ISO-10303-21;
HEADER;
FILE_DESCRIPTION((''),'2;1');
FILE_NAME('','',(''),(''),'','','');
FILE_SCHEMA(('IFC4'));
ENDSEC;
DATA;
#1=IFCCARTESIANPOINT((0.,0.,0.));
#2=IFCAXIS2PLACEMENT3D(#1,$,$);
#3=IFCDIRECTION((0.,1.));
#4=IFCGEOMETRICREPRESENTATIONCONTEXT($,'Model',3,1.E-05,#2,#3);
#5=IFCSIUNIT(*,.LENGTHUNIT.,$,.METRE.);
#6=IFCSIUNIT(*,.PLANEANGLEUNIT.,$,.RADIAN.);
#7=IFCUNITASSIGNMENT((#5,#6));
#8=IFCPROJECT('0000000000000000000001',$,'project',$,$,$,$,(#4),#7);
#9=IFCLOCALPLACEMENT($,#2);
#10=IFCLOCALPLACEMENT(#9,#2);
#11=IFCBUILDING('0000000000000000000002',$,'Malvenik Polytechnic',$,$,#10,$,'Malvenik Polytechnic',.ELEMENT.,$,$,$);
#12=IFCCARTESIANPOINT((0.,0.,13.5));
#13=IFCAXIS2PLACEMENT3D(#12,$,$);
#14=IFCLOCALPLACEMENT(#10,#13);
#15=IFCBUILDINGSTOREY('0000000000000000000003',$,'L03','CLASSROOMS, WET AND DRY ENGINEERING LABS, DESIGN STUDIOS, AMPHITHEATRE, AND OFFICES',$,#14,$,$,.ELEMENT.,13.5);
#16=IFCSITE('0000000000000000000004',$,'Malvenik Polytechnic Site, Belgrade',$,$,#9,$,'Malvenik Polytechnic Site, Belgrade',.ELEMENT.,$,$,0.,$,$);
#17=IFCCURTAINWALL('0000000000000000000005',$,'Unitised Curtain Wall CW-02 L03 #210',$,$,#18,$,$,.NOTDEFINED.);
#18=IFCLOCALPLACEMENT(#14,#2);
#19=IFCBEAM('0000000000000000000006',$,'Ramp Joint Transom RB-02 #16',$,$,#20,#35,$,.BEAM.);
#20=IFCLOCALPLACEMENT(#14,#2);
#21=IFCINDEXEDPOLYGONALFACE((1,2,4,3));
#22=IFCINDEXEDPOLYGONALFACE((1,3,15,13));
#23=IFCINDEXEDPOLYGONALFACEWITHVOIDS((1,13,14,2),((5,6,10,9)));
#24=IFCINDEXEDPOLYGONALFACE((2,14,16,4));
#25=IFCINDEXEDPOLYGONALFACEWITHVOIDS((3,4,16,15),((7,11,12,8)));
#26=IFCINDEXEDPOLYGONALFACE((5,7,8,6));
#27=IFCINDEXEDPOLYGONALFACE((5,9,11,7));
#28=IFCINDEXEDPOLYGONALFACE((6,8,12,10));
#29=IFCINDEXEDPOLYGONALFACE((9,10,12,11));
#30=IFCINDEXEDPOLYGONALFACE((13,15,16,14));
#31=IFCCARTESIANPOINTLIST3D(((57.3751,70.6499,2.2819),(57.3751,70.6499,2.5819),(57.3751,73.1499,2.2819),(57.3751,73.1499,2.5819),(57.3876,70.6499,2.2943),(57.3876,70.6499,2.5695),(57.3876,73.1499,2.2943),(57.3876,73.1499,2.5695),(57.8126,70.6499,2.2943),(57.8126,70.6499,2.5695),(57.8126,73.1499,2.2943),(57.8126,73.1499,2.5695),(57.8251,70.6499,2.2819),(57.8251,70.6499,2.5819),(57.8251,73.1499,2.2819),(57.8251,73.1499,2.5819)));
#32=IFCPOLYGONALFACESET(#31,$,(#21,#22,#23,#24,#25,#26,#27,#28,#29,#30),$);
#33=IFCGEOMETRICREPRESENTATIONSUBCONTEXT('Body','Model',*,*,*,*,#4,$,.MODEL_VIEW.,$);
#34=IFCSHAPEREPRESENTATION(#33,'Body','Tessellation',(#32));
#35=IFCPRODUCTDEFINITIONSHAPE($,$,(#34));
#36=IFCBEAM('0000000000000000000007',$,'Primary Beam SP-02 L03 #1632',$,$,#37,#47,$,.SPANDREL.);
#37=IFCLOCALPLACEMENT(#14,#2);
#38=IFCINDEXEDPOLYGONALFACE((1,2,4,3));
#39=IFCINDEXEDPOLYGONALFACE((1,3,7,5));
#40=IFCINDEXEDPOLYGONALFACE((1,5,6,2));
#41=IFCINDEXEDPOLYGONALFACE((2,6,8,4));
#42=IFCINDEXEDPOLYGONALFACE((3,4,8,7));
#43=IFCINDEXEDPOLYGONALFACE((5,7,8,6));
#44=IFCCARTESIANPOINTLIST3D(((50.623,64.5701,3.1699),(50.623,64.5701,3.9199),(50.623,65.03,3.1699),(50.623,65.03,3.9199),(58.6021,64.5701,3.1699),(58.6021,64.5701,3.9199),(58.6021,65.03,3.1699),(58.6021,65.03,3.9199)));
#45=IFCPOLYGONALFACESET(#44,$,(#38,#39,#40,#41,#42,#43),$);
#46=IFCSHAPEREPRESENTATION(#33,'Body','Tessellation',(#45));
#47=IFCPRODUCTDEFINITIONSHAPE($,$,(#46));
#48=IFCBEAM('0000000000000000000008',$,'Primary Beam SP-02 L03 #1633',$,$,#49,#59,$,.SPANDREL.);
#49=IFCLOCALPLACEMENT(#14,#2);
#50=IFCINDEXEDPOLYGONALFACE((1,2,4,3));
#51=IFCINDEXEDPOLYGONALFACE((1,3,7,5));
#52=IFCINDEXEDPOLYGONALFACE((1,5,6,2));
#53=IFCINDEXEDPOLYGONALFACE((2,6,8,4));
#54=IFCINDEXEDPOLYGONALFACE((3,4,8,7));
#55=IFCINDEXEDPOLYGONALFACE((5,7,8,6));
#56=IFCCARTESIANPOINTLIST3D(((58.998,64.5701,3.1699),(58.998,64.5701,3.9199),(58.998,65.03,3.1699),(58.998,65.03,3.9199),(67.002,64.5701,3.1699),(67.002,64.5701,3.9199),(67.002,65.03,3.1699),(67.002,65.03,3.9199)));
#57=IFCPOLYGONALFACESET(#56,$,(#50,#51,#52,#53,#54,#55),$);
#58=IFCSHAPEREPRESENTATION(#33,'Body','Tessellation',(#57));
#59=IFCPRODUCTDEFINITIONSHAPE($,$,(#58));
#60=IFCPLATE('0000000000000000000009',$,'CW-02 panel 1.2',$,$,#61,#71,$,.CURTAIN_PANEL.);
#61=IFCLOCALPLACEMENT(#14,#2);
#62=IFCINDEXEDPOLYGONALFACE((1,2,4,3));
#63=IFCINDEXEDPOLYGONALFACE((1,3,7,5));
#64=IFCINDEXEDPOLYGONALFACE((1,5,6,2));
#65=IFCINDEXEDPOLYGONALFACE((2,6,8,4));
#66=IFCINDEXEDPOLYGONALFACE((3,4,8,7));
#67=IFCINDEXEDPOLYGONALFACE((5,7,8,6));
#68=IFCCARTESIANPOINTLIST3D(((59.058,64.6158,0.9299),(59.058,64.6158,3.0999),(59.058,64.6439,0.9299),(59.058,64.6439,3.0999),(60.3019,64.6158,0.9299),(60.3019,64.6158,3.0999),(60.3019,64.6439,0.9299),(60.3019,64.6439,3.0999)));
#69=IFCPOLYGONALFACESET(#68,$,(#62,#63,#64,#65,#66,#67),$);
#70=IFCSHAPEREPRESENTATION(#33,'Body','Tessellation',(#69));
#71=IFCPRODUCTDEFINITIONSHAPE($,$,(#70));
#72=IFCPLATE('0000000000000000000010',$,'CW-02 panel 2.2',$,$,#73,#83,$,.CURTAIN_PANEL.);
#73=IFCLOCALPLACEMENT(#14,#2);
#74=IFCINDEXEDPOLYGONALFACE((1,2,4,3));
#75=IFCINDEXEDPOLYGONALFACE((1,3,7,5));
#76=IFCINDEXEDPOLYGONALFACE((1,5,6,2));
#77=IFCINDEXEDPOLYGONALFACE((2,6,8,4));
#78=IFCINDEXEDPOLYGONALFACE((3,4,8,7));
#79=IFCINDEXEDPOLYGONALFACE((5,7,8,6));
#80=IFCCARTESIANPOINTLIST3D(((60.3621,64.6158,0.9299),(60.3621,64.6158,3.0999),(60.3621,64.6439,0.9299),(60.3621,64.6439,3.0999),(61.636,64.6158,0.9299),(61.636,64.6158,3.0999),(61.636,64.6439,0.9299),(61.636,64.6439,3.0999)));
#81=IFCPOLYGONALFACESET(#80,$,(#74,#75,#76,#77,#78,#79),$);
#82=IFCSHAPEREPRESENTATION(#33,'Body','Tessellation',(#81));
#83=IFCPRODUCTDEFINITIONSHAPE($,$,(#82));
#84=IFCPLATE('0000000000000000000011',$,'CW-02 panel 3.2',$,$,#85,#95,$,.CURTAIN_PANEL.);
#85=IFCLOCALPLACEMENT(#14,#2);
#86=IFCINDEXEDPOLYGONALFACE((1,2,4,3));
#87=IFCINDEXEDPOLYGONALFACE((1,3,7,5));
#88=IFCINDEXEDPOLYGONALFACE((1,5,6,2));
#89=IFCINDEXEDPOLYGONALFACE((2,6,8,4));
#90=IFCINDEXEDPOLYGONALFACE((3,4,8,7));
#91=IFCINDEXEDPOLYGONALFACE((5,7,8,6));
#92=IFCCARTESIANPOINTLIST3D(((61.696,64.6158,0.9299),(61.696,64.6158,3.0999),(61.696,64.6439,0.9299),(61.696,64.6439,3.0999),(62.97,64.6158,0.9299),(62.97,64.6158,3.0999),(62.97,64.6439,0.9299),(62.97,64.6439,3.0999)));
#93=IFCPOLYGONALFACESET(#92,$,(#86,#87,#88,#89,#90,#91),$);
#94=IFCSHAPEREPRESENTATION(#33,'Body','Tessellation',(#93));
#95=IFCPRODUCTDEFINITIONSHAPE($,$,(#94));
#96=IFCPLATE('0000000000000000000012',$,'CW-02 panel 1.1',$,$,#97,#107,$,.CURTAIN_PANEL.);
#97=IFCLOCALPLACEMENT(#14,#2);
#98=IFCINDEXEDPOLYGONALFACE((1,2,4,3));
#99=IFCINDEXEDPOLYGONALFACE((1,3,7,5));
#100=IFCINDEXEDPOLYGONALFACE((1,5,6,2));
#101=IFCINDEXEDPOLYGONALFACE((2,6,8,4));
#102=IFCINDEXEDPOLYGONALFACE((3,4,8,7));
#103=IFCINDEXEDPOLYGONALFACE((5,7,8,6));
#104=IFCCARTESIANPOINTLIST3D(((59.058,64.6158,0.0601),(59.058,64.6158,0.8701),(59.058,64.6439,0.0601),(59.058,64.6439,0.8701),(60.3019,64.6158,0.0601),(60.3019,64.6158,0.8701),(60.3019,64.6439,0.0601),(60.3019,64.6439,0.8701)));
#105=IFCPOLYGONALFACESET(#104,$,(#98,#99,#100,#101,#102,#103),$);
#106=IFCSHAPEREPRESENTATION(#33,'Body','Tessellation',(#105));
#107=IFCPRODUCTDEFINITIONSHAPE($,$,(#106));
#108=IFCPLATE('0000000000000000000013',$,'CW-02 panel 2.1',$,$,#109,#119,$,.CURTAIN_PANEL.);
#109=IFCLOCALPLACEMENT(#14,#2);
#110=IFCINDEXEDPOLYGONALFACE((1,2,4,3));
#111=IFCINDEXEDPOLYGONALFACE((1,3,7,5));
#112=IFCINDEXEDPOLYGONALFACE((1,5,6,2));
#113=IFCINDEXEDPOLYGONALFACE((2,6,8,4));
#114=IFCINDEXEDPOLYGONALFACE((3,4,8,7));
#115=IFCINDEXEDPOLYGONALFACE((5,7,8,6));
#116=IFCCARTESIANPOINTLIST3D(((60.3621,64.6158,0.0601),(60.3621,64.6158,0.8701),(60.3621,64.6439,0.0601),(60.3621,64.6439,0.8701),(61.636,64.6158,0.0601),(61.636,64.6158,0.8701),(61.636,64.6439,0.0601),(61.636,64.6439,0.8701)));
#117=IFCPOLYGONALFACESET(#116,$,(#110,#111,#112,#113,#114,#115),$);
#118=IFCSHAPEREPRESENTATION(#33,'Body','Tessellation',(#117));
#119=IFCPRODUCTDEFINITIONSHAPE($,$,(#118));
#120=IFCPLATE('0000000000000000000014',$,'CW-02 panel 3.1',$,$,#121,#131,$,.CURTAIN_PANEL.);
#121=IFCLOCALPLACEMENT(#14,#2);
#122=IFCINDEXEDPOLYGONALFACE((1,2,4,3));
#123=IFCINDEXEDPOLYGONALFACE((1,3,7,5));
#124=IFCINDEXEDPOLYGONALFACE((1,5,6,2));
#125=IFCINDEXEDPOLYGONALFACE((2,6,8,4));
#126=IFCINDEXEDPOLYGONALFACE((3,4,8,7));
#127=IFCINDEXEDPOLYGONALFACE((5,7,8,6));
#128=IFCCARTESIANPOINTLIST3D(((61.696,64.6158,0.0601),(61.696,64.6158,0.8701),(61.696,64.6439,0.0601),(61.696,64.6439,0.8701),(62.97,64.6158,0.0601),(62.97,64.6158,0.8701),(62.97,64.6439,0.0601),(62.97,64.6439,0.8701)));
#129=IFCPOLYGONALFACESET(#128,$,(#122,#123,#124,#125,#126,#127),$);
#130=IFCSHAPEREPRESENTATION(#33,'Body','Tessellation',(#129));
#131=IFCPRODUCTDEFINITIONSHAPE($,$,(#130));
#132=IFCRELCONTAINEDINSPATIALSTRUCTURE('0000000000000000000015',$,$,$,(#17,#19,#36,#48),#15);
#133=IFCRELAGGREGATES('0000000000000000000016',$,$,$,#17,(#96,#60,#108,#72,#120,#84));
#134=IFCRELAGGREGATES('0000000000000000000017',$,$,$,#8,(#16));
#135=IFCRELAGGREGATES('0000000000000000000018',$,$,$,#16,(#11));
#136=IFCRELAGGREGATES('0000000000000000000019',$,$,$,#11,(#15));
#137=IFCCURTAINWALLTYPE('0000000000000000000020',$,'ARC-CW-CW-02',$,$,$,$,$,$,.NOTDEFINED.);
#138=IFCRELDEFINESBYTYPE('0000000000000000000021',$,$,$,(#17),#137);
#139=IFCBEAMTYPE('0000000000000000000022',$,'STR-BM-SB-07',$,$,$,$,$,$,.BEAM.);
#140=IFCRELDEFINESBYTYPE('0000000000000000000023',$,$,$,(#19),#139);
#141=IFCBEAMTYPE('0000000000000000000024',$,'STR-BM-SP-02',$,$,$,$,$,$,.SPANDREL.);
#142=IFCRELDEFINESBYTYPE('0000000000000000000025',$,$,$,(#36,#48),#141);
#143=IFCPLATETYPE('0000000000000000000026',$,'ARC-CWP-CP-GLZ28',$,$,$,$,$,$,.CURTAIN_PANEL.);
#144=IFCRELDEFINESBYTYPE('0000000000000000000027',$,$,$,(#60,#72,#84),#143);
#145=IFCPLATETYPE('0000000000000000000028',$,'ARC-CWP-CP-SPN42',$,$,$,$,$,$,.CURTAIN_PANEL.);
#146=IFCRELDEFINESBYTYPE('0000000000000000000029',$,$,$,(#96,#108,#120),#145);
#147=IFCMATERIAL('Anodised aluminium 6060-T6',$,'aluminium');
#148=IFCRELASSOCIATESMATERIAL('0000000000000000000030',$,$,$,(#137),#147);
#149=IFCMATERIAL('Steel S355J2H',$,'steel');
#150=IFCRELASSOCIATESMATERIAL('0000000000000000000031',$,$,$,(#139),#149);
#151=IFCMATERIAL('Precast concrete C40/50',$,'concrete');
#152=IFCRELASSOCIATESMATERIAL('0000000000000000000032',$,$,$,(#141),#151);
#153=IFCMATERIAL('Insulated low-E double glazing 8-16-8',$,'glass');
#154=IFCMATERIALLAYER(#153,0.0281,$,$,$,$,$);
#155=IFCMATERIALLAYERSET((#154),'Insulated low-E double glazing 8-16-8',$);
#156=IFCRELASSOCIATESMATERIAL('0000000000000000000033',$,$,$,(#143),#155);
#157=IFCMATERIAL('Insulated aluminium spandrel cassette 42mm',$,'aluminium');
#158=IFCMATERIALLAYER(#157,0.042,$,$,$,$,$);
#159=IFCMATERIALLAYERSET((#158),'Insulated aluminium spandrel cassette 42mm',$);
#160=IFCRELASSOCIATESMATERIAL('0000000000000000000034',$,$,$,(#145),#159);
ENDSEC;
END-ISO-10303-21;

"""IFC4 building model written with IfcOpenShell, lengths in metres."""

from ifc_helpers import new_model, si_unit, direction, frame, origin, origin_2d, place, context, subcontext, project, spatial, rectangle, hollow_rectangle, extrude, material, layer, layer_set, material_profile, profile_set, type_object, element, aggregate, save


model = new_model("IFC4")

# Units and contexts
model_context = context("Model", 3, precision=1e-05, world=origin(), true_north=direction((0.0, 1.0)))
body_context = subcontext(model_context, "Body", "Model", "MODEL_VIEW")
ifc_project = project(units=[si_unit("LENGTHUNIT", "METRE"), si_unit("PLANEANGLEUNIT", "RADIAN")], contexts=[model_context])

# Site, building, storey
site_placement = place(None, origin())
site = spatial("IfcSite", under=ifc_project, at=site_placement, Name="Malvenik Polytechnic Site, Belgrade", LongName="Malvenik Polytechnic Site, Belgrade", CompositionType="ELEMENT", RefElevation=0.0)
building_placement = place(site_placement, origin())
building = spatial("IfcBuilding", under=site, at=building_placement, Name="Malvenik Polytechnic", LongName="Malvenik Polytechnic", CompositionType="ELEMENT")
storey_placement = place(building_placement, frame((0.0, 0.0, 13.5)))
storey = spatial("IfcBuildingStorey", under=building, at=storey_placement, Name="L03", Description="CLASSROOMS, WET AND DRY ENGINEERING LABS, DESIGN STUDIOS, AMPHITHEATRE, AND OFFICES", CompositionType="ELEMENT", Elevation=13.5)

# Curtain wall
ifc_material_1 = material(Name="Anodised aluminium 6060-T6", Category="aluminium")
curtain_wall_type = type_object("IfcCurtainWallType", Name="ARC-CW-CW-02", PredefinedType="NOTDEFINED", material=ifc_material_1)
curtain_wall_placement = place(storey_placement, origin())
curtain_wall = element("IfcCurtainWall", 1, at=curtain_wall_placement, inside=storey, type_object=curtain_wall_type, Name="Unitised Curtain Wall CW-02 L03 #210", PredefinedType="NOTDEFINED")

# Beams
ifc_material_2 = material(Name="Steel S355J2H", Category="steel")
ifc_material_profile_1 = material_profile(ifc_material_2, hollow_rectangle(XDim=0.45, YDim=0.3, WallThickness=0.0125, at=origin_2d()), Name="RHS 450x300x12.5")
ifc_profile_set_1 = profile_set([ifc_material_profile_1], Name="Steel S355J2H")
beam_type_1 = type_object("IfcBeamType", Name="STR-BM-SB-07", PredefinedType="BEAM", material=ifc_profile_set_1)
for number, where, z_axis, x_axis, name in (
    (2, (57.6001, 70.6499, 2.4319), (0.0, 1.0, 0.0), (-1.0, 0.0, 0.0), "Ramp Joint Transom RB-02 #16"),
):
    element("IfcBeam", number, at=place(storey_placement, frame(where, z_axis=z_axis, x_axis=x_axis)), inside=storey, type_object=beam_type_1, Name=name, PredefinedType="BEAM", context=body_context, shape_type="SweptSolid", body=[
        extrude(hollow_rectangle(XDim=0.45, YDim=0.3, WallThickness=0.0125, at=origin_2d()), origin(), (0.0, 0.0, 1.0), 2.5),
    ])
ifc_material_3 = material(Name="Precast concrete C40/50", Category="concrete")
ifc_material_profile_2 = material_profile(ifc_material_3, rectangle(XDim=0.46, YDim=0.75, at=origin_2d()), Name="PC SPN 460x750")
ifc_profile_set_2 = profile_set([ifc_material_profile_2], Name="Precast concrete C40/50")
beam_type_2 = type_object("IfcBeamType", Name="STR-BM-SP-02", PredefinedType="SPANDREL", material=ifc_profile_set_2)
beam_1_placement = place(storey_placement, frame((50.623, 64.8, 3.5449), z_axis=(1.0, 0.0, 0.0), x_axis=(0.0, 1.0, 0.0)))
element("IfcBeam", 3, at=beam_1_placement, inside=storey, type_object=beam_type_2, Name="Primary Beam SP-02 L03 #1632", PredefinedType="SPANDREL", context=body_context, shape_type="SweptSolid", body=[
    extrude(rectangle(XDim=0.46, YDim=0.75, at=origin_2d()), origin(), (0.0, 0.0, 1.0), 7.979),
])
beam_2_placement = place(storey_placement, frame((58.998, 64.8, 3.5449), z_axis=(1.0, 0.0, 0.0), x_axis=(0.0, 1.0, 0.0)))
element("IfcBeam", 4, at=beam_2_placement, inside=storey, type_object=beam_type_2, Name="Primary Beam SP-02 L03 #1633", PredefinedType="SPANDREL", context=body_context, shape_type="SweptSolid", body=[
    extrude(rectangle(XDim=0.46, YDim=0.75, at=origin_2d()), origin(), (0.0, 0.0, 1.0), 8.0039),
])

# Plates
ifc_material_4 = material(Name="Insulated low-E double glazing 8-16-8", Category="glass")
ifc_layer_1 = layer(ifc_material_4, 0.0281)
ifc_layer_set_1 = layer_set([ifc_layer_1], Name="Insulated low-E double glazing 8-16-8")
plate_type_1 = type_object("IfcPlateType", Name="ARC-CWP-CP-GLZ28", PredefinedType="CURTAIN_PANEL", material=ifc_layer_set_1)
plate_1_placement = place(storey_placement, frame((59.6799, 64.6299, 0.9299), z_axis=(0.0, 0.0, 1.0), x_axis=(1.0, 0.0, 0.0)))
plate_1 = element("IfcPlate", 5, at=plate_1_placement, type_object=plate_type_1, Name="CW-02 panel 1.2", PredefinedType="CURTAIN_PANEL", context=body_context, shape_type="SweptSolid", body=[
    extrude(rectangle(XDim=1.2439, YDim=0.0281, at=origin_2d()), origin(), (0.0, 0.0, 1.0), 2.1699),
])
plate_2_placement = place(storey_placement, frame((60.999, 64.6299, 0.9299), z_axis=(0.0, 0.0, 1.0), x_axis=(1.0, 0.0, 0.0)))
plate_2 = element("IfcPlate", 6, at=plate_2_placement, type_object=plate_type_1, Name="CW-02 panel 2.2", PredefinedType="CURTAIN_PANEL", context=body_context, shape_type="SweptSolid", body=[
    extrude(rectangle(XDim=1.2739, YDim=0.0281, at=origin_2d()), origin(), (0.0, 0.0, 1.0), 2.1699),
])
plate_3_placement = place(storey_placement, frame((62.333, 64.6299, 0.9299), z_axis=(0.0, 0.0, 1.0), x_axis=(1.0, 0.0, 0.0)))
plate_3 = element("IfcPlate", 7, at=plate_3_placement, type_object=plate_type_1, Name="CW-02 panel 3.2", PredefinedType="CURTAIN_PANEL", context=body_context, shape_type="SweptSolid", body=[
    extrude(rectangle(XDim=1.2739, YDim=0.0281, at=origin_2d()), origin(), (0.0, 0.0, 1.0), 2.1699),
])
ifc_material_5 = material(Name="Insulated aluminium spandrel cassette 42mm", Category="aluminium")
ifc_layer_2 = layer(ifc_material_5, 0.042)
ifc_layer_set_2 = layer_set([ifc_layer_2], Name="Insulated aluminium spandrel cassette 42mm")
plate_type_2 = type_object("IfcPlateType", Name="ARC-CWP-CP-SPN42", PredefinedType="CURTAIN_PANEL", material=ifc_layer_set_2)
plate_4_placement = place(storey_placement, frame((59.6799, 64.6299, 0.0601), z_axis=(0.0, 0.0, 1.0), x_axis=(1.0, 0.0, 0.0)))
plate_4 = element("IfcPlate", 8, at=plate_4_placement, type_object=plate_type_2, Name="CW-02 panel 1.1", PredefinedType="CURTAIN_PANEL", context=body_context, shape_type="SweptSolid", body=[
    extrude(rectangle(XDim=1.2439, YDim=0.0281, at=origin_2d()), origin(), (0.0, 0.0, 1.0), 0.8101),
])
plate_5_placement = place(storey_placement, frame((60.999, 64.6299, 0.0601), z_axis=(0.0, 0.0, 1.0), x_axis=(1.0, 0.0, 0.0)))
plate_5 = element("IfcPlate", 9, at=plate_5_placement, type_object=plate_type_2, Name="CW-02 panel 2.1", PredefinedType="CURTAIN_PANEL", context=body_context, shape_type="SweptSolid", body=[
    extrude(rectangle(XDim=1.2739, YDim=0.0281, at=origin_2d()), origin(), (0.0, 0.0, 1.0), 0.8101),
])
plate_6_placement = place(storey_placement, frame((62.333, 64.6299, 0.0601), z_axis=(0.0, 0.0, 1.0), x_axis=(1.0, 0.0, 0.0)))
plate_6 = element("IfcPlate", 10, at=plate_6_placement, type_object=plate_type_2, Name="CW-02 panel 3.1", PredefinedType="CURTAIN_PANEL", context=body_context, shape_type="SweptSolid", body=[
    extrude(rectangle(XDim=1.2739, YDim=0.0281, at=origin_2d()), origin(), (0.0, 0.0, 1.0), 0.8101),
])
aggregate(curtain_wall, [plate_4, plate_1, plate_5, plate_2, plate_6, plate_3])

save(model, "model.ifc")
